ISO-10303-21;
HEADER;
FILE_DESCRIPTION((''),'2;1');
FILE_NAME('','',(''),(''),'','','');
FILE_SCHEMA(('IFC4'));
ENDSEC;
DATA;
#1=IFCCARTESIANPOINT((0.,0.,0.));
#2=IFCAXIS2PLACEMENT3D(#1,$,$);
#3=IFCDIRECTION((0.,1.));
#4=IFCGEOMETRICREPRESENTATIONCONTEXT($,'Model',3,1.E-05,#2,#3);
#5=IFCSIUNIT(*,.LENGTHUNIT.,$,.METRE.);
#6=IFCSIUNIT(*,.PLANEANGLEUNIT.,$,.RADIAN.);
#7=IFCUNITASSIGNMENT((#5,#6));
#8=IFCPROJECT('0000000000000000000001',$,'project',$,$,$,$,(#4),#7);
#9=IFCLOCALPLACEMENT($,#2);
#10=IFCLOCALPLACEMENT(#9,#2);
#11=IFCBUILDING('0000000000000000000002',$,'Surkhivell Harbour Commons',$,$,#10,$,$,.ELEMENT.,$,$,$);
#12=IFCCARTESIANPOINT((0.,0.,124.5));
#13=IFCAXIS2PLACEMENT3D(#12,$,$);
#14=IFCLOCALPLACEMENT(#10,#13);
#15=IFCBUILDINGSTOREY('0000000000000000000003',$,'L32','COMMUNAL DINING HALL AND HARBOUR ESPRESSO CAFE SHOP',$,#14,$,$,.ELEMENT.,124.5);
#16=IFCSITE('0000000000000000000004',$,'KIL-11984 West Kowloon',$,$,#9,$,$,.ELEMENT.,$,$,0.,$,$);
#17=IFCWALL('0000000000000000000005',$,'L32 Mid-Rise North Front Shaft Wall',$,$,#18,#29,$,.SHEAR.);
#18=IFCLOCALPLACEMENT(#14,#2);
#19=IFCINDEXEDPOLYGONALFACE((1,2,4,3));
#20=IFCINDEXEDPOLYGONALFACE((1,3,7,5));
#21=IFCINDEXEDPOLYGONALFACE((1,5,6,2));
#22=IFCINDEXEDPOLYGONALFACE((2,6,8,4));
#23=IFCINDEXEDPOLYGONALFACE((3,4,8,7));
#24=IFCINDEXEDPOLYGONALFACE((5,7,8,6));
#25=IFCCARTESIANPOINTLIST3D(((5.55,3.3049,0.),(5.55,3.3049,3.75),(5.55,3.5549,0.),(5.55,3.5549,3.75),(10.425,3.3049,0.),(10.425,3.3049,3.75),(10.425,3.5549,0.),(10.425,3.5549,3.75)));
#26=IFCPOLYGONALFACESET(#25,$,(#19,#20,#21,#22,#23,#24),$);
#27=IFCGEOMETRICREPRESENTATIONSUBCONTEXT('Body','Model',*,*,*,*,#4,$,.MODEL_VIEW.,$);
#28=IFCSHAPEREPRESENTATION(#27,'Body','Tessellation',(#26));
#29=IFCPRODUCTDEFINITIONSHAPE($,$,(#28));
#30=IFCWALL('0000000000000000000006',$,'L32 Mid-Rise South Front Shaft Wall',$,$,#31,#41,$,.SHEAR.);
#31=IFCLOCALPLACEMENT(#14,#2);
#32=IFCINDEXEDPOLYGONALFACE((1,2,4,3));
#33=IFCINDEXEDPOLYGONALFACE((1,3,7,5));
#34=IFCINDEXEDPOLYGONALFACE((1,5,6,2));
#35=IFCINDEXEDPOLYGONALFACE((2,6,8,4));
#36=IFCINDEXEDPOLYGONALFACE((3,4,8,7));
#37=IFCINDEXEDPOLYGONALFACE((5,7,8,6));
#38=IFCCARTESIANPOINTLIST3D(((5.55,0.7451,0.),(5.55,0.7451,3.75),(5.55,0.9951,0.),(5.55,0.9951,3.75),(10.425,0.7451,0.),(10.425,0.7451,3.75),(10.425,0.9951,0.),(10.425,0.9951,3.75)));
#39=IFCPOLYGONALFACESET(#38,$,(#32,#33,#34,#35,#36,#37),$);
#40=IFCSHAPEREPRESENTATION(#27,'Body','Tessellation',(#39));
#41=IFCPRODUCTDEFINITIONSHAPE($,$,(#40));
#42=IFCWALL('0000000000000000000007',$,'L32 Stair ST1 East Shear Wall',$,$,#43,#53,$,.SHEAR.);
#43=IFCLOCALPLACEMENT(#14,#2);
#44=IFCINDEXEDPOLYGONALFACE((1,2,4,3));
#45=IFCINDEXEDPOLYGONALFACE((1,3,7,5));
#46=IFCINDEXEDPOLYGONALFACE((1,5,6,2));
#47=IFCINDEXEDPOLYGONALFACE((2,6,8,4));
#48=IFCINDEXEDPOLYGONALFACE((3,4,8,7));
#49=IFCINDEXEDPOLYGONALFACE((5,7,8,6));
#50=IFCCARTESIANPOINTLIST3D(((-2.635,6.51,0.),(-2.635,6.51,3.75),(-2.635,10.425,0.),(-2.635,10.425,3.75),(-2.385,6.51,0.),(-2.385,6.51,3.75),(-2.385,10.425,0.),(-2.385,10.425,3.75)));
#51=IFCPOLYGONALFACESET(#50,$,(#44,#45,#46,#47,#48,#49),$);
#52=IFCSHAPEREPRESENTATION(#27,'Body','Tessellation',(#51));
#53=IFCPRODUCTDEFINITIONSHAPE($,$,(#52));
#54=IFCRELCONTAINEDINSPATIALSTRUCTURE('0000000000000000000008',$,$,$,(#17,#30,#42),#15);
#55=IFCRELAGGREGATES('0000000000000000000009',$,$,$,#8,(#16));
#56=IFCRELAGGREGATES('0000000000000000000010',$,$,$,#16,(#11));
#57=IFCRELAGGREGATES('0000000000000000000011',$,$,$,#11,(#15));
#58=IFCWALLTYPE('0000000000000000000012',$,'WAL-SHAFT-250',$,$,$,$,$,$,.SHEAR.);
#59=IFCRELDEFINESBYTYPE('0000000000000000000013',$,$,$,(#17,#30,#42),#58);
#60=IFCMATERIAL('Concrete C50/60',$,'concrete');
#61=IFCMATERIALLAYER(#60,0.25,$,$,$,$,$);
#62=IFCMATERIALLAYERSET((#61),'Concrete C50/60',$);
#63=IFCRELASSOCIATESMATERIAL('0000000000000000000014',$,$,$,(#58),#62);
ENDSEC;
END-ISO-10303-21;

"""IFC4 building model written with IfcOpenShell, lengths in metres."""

from ifc_helpers import new_model, si_unit, direction, frame, frame_2d, origin, place, context, subcontext, project, spatial, rectangle, extrude, material, layer, layer_set, type_object, element, save


model = new_model("IFC4")

# Units and contexts
model_context = context("Model", 3, precision=1e-05, world=origin(), true_north=direction((0.0, 1.0)))
body_context = subcontext(model_context, "Body", "Model", "MODEL_VIEW")
ifc_project = project(units=[si_unit("LENGTHUNIT", "METRE"), si_unit("PLANEANGLEUNIT", "RADIAN")], contexts=[model_context])

# Site, building, storey
site_placement = place(None, origin())
site = spatial("IfcSite", under=ifc_project, at=site_placement, Name="KIL-11984 West Kowloon", CompositionType="ELEMENT", RefElevation=0.0)
building_placement = place(site_placement, origin())
building = spatial("IfcBuilding", under=site, at=building_placement, Name="Surkhivell Harbour Commons", CompositionType="ELEMENT")
storey_placement = place(building_placement, frame((0.0, 0.0, 124.5)))
storey = spatial("IfcBuildingStorey", under=building, at=storey_placement, Name="L32", Description="COMMUNAL DINING HALL AND HARBOUR ESPRESSO CAFE SHOP", CompositionType="ELEMENT", Elevation=124.5)

# Shared definitions
ifc_material_1 = material(Name="Concrete C50/60", Category="concrete")
ifc_layer_1 = layer(ifc_material_1, 0.25)
ifc_layer_set_1 = layer_set([ifc_layer_1], Name="Concrete C50/60")
wall_type_1 = type_object("IfcWallType", Name="WAL-SHAFT-250", PredefinedType="SHEAR", material=ifc_layer_set_1)

# Walls
for number, where, z_axis, x_axis, name in (
    (1, (5.55, 3.4299, 0.0), (0.0, 0.0, 1.0), (1.0, 0.0, 0.0), "L32 Mid-Rise North Front Shaft Wall"),
    (2, (5.55, 0.8701, 0.0), (0.0, 0.0, 1.0), (1.0, 0.0, 0.0), "L32 Mid-Rise South Front Shaft Wall"),
):
    element("IfcWall", number, at=place(storey_placement, frame(where, z_axis=z_axis, x_axis=x_axis)), inside=storey, type_object=wall_type_1, Name=name, PredefinedType="SHEAR", context=body_context, shape_type="SweptSolid", body=[
        extrude(rectangle(XDim=4.875, YDim=0.25, at=frame_2d((2.4375, 0.0))), origin(), (0.0, 0.0, 1.0), 3.75),
    ])
wall_1_placement = place(storey_placement, frame((-2.51, 6.51, 0.0), z_axis=(0.0, 0.0, 1.0), x_axis=(0.0, 1.0, 0.0)))
element("IfcWall", 3, at=wall_1_placement, inside=storey, type_object=wall_type_1, Name="L32 Stair ST1 East Shear Wall", PredefinedType="SHEAR", context=body_context, shape_type="SweptSolid", body=[
    extrude(rectangle(XDim=3.915, YDim=0.25, at=frame_2d((1.9575, 0.0))), origin(), (0.0, 0.0, 1.0), 3.75),
])

save(model, "model.ifc")
